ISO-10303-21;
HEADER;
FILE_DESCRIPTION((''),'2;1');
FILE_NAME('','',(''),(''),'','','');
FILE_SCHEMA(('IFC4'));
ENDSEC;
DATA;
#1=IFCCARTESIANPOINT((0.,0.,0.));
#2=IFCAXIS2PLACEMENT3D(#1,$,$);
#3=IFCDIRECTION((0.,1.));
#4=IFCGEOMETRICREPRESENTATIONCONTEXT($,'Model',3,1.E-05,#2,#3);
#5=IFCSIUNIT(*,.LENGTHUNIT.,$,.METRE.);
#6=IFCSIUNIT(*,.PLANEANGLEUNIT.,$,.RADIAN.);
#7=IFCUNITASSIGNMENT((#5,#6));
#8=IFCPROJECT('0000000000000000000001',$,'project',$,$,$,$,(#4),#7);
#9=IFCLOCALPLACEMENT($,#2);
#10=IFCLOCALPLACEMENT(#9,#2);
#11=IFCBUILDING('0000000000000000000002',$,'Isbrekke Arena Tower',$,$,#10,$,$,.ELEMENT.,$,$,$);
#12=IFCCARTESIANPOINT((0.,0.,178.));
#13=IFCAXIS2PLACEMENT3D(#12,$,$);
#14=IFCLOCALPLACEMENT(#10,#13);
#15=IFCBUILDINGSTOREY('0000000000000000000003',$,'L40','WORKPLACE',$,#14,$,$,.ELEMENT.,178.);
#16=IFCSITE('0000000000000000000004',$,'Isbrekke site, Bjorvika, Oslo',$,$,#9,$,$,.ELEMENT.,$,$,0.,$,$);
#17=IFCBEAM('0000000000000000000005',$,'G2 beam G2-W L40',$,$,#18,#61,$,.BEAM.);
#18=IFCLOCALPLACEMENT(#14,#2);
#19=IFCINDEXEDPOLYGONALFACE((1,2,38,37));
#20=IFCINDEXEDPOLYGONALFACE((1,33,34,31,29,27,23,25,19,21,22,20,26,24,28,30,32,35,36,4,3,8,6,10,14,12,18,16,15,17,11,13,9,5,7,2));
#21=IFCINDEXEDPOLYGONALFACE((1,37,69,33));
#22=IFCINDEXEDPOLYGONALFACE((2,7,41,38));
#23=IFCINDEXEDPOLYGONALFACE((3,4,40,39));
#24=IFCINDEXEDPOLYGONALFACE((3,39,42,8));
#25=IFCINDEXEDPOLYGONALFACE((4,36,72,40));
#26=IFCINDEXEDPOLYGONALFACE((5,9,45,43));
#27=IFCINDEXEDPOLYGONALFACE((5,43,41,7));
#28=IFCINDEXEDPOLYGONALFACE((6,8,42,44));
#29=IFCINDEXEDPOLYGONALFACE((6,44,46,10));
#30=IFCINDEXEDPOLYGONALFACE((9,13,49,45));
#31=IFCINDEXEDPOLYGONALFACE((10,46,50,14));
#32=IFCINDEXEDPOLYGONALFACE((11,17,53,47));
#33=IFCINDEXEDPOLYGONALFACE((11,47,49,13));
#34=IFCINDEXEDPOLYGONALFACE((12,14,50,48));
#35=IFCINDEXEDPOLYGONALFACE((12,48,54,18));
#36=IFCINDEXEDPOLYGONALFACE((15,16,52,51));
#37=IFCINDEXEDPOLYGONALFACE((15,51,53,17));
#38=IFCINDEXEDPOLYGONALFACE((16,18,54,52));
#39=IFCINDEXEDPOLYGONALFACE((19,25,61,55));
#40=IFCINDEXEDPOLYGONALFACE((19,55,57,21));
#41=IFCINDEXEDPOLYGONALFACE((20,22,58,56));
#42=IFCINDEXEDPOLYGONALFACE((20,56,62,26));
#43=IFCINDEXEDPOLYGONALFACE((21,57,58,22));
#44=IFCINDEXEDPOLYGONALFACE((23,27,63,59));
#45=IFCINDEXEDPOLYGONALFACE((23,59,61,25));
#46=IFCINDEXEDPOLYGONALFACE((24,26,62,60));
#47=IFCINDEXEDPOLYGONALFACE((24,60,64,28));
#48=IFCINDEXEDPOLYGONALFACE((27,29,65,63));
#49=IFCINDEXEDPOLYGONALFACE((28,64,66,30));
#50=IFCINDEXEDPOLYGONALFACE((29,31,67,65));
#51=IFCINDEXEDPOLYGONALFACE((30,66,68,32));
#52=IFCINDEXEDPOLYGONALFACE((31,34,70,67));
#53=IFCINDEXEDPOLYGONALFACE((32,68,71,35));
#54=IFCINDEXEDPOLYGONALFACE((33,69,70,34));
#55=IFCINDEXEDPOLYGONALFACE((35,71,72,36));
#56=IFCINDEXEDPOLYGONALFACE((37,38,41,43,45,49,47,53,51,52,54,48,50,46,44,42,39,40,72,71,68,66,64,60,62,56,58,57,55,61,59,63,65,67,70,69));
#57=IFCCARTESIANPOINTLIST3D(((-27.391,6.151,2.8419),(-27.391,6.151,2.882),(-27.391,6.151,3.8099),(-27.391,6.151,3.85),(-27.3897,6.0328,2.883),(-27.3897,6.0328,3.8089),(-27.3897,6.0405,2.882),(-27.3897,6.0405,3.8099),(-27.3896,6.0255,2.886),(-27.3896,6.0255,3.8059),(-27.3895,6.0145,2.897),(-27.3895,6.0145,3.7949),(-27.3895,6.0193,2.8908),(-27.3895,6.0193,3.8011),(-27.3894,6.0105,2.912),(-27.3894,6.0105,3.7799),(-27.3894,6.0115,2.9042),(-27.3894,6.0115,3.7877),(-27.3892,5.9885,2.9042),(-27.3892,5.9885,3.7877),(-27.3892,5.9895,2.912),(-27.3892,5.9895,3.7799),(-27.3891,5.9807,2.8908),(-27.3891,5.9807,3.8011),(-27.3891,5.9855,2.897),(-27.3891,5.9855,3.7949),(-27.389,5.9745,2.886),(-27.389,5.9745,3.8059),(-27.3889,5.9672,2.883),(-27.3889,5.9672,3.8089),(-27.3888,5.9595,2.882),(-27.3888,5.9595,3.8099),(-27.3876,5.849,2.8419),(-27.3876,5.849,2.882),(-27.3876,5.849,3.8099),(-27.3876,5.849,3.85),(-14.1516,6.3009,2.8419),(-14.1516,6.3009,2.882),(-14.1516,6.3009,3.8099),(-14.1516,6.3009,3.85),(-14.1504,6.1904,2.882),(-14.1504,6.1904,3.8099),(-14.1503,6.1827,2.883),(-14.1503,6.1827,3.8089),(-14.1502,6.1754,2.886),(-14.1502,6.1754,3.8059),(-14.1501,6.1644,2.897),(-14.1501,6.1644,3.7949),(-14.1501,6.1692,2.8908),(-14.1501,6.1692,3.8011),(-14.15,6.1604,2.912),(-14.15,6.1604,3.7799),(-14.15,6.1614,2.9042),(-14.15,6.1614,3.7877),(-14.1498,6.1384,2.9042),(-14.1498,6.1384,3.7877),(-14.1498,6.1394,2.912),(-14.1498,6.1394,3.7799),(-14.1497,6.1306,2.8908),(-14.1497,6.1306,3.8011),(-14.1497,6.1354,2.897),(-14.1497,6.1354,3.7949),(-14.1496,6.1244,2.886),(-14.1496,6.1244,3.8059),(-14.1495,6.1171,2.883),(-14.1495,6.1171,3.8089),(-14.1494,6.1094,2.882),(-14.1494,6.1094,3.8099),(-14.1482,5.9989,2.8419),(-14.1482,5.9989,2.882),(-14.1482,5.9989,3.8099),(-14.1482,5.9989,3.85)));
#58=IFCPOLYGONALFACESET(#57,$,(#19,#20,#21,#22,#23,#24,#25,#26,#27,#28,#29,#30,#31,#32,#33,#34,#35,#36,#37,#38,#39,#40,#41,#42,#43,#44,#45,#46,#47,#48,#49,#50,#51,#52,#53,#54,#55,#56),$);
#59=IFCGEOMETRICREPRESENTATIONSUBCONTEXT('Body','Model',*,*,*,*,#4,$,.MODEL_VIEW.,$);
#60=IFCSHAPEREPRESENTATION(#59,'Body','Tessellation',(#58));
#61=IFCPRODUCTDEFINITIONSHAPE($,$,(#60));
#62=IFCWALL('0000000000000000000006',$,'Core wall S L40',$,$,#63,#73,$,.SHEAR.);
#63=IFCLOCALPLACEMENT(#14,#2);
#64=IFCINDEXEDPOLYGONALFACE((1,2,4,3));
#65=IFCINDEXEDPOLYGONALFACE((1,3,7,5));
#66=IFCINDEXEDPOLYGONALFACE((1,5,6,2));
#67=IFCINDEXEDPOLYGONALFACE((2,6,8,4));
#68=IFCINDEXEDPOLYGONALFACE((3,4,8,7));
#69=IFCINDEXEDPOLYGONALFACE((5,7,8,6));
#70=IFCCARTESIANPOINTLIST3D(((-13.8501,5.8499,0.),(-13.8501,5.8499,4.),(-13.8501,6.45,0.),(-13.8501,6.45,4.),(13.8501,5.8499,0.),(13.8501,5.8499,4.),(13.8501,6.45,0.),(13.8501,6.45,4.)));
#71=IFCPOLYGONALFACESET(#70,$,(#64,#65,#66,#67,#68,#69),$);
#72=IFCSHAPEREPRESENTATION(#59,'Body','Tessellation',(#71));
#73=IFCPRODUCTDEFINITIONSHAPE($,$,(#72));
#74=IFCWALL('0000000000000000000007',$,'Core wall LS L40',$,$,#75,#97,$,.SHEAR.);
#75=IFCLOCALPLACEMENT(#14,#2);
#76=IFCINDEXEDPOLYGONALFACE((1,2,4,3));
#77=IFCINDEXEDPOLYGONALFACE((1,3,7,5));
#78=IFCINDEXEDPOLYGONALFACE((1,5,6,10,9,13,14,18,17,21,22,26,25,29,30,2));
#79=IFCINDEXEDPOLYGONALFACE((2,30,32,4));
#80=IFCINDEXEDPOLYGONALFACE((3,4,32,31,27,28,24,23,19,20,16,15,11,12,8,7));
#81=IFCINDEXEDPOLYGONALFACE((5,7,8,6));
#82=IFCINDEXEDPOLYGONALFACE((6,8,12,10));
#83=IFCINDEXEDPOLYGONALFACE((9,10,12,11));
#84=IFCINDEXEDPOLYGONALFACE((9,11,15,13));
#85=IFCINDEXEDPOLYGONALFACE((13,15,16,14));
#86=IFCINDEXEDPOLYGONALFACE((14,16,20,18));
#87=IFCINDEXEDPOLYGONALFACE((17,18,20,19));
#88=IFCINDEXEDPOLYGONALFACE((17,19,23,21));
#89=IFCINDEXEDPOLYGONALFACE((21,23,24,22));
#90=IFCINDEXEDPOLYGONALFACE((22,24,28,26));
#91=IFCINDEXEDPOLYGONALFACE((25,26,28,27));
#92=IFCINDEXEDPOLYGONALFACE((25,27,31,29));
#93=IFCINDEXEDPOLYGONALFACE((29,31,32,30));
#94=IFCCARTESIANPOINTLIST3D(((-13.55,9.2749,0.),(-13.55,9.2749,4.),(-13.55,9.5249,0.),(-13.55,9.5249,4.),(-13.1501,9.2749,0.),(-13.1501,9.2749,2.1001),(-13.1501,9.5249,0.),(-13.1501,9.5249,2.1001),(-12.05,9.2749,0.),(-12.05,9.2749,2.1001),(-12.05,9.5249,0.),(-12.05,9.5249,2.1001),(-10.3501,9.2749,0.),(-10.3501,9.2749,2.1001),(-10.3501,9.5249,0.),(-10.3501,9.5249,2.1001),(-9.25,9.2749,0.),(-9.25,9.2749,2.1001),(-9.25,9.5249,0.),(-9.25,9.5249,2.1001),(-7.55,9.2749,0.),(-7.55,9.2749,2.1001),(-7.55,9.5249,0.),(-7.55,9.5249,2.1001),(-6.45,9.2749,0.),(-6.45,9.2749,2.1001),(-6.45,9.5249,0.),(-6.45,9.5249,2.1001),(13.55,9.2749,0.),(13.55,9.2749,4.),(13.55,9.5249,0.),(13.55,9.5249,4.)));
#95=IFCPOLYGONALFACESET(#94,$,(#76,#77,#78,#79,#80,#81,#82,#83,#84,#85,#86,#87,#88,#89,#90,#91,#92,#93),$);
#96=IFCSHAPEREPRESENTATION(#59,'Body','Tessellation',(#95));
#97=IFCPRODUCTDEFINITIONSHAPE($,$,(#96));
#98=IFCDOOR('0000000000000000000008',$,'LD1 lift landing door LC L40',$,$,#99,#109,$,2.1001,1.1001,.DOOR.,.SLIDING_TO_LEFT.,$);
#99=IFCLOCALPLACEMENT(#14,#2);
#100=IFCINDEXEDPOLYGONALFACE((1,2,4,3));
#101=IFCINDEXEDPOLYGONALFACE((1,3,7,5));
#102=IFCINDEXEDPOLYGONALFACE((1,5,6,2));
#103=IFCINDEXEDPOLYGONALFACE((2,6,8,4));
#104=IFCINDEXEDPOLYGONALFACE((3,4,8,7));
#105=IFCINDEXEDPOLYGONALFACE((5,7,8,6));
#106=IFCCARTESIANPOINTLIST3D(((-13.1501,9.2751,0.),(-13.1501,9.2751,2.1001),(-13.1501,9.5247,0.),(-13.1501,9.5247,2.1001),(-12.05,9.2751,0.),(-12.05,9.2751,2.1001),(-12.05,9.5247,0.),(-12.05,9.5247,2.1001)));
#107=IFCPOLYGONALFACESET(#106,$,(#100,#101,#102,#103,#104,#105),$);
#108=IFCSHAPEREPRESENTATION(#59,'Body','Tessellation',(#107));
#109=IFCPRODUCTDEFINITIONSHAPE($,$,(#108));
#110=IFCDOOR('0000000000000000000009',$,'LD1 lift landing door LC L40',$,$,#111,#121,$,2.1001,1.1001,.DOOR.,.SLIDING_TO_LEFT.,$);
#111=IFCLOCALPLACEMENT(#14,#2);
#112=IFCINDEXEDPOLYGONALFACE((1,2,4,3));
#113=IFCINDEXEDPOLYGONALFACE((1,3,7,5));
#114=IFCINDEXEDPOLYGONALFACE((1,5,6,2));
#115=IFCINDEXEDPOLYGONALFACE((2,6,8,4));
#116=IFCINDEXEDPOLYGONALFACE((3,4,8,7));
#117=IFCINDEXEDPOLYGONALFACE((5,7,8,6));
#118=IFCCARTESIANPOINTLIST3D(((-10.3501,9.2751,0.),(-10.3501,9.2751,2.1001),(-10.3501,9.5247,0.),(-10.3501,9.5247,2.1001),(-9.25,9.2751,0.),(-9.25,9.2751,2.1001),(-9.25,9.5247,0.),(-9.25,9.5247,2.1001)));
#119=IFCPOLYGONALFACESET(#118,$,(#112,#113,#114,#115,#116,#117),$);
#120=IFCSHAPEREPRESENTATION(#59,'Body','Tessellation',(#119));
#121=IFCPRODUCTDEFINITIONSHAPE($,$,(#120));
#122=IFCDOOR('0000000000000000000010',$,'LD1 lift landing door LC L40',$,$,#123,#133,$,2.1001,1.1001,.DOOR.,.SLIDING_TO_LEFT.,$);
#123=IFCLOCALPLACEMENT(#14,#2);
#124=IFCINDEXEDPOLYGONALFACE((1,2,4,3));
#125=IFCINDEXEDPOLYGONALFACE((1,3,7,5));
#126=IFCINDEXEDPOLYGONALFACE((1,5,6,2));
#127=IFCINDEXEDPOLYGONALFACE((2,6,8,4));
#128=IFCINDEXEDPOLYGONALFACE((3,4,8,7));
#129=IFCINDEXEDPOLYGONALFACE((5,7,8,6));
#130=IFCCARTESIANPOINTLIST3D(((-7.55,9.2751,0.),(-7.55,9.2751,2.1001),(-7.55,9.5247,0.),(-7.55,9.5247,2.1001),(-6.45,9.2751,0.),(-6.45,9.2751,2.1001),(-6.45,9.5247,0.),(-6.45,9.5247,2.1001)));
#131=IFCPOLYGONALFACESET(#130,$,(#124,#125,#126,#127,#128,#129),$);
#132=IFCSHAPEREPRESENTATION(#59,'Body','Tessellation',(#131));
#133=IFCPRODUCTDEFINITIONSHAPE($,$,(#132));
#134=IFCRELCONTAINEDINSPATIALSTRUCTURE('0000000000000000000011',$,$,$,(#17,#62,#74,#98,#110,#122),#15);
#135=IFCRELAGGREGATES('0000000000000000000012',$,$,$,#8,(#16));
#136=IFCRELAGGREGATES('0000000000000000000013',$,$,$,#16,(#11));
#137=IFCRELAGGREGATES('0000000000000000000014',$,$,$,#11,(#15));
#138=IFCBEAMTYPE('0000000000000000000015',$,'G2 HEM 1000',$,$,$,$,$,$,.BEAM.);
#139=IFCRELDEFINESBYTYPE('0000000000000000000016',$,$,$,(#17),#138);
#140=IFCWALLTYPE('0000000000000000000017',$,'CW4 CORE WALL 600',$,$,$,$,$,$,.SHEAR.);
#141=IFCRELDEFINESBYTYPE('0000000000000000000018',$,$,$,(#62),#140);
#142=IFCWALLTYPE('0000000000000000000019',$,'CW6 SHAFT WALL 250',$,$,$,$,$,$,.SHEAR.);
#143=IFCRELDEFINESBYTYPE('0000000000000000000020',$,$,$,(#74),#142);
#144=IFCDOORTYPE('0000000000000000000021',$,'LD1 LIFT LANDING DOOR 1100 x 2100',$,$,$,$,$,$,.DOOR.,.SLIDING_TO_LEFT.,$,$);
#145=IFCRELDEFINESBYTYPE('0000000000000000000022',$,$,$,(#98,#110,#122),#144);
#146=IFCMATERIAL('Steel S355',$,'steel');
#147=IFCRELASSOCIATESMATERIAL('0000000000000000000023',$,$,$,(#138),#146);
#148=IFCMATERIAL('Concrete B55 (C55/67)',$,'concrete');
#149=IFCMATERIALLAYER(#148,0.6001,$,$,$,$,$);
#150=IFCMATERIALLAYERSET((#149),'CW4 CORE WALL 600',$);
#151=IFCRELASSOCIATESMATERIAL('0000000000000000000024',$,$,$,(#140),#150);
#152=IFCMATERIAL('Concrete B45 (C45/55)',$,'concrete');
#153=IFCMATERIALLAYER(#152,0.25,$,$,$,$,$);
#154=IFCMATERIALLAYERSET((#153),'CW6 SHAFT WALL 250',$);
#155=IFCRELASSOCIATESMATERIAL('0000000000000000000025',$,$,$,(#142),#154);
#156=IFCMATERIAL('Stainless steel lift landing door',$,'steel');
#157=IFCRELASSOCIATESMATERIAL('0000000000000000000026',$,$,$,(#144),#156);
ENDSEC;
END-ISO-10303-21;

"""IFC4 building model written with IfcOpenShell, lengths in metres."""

from ifc_helpers import new_model, si_unit, direction, frame, frame_2d, origin, origin_2d, place, context, subcontext, project, spatial, rectangle, i_section, extrude, material, layer, layer_set, material_profile, profile_set, type_object, element, fill, save


model = new_model("IFC4")

# Units and contexts
model_context = context("Model", 3, precision=1e-05, world=origin(), true_north=direction((0.0, 1.0)))
body_context = subcontext(model_context, "Body", "Model", "MODEL_VIEW")
ifc_project = project(units=[si_unit("LENGTHUNIT", "METRE"), si_unit("PLANEANGLEUNIT", "RADIAN")], contexts=[model_context])

# Site, building, storey
site_placement = place(None, origin())
site = spatial("IfcSite", under=ifc_project, at=site_placement, Name="Isbrekke site, Bjorvika, Oslo", CompositionType="ELEMENT", RefElevation=0.0)
building_placement = place(site_placement, origin())
building = spatial("IfcBuilding", under=site, at=building_placement, Name="Isbrekke Arena Tower", CompositionType="ELEMENT")
storey_placement = place(building_placement, frame((0.0, 0.0, 178.0)))
storey = spatial("IfcBuildingStorey", under=building, at=storey_placement, Name="L40", Description="WORKPLACE", CompositionType="ELEMENT", Elevation=178.0)

# Beam
ifc_material_1 = material(Name="Steel S355", Category="steel")
ifc_material_profile = material_profile(ifc_material_1, i_section(OverallWidth=0.302, OverallDepth=1.0081, WebThickness=0.021, FlangeThickness=0.04, FilletRadius=0.03, at=origin_2d()), Name="HEM 1000")
ifc_profile_set = profile_set([ifc_material_profile], Name="Steel S355")
beam_type = type_object("IfcBeamType", Name="G2 HEM 1000", PredefinedType="BEAM", material=ifc_profile_set)
beam_placement = place(storey_placement, frame((-14.1499, 6.1499, 3.3459), z_axis=(-0.999936, -0.011322, 0.0), x_axis=(0.011322, -0.999936, 0.0)))
element("IfcBeam", 1, at=beam_placement, inside=storey, type_object=beam_type, Name="G2 beam G2-W L40", PredefinedType="BEAM", context=body_context, shape_type="SweptSolid", body=[
    extrude(i_section(OverallWidth=0.302, OverallDepth=1.0081, WebThickness=0.021, FlangeThickness=0.04, FilletRadius=0.03, at=origin_2d()), origin(), (0.0, 0.0, 1.0), 13.2402),
])

# Wall
ifc_material_2 = material(Name="Concrete B55 (C55/67)", Category="concrete")
ifc_layer_1 = layer(ifc_material_2, 0.6001)
ifc_layer_set_1 = layer_set([ifc_layer_1], Name="CW4 CORE WALL 600")
wall_type_1 = type_object("IfcWallType", Name="CW4 CORE WALL 600", PredefinedType="SHEAR", material=ifc_layer_set_1)
wall_1_placement = place(storey_placement, frame((-13.8501, 6.1499, 0.0), z_axis=(0.0, 0.0, 1.0), x_axis=(1.0, 0.0, 0.0)))
element("IfcWall", 2, at=wall_1_placement, inside=storey, type_object=wall_type_1, Name="Core wall S L40", PredefinedType="SHEAR", context=body_context, shape_type="SweptSolid", body=[
    extrude(rectangle(XDim=27.7002, YDim=0.6001, at=frame_2d((13.8501, 0.0))), origin(), (0.0, 0.0, 1.0), 4.0),
])

# Wall, openings, doors
ifc_material_3 = material(Name="Concrete B45 (C45/55)", Category="concrete")
ifc_layer_2 = layer(ifc_material_3, 0.25)
ifc_layer_set_2 = layer_set([ifc_layer_2], Name="CW6 SHAFT WALL 250")
wall_type_2 = type_object("IfcWallType", Name="CW6 SHAFT WALL 250", PredefinedType="SHEAR", material=ifc_layer_set_2)
wall_2_placement = place(storey_placement, frame((-13.55, 9.3999, 0.0), z_axis=(0.0, 0.0, 1.0), x_axis=(1.0, 0.0, 0.0)))
wall_2 = element("IfcWall", 3, at=wall_2_placement, inside=storey, type_object=wall_type_2, Name="Core wall LS L40", PredefinedType="SHEAR", context=body_context, shape_type="SweptSolid", body=[
    extrude(rectangle(XDim=27.1001, YDim=0.25, at=frame_2d((13.55, 0.0))), origin(), (0.0, 0.0, 1.0), 4.0),
])
opening_1_placement = place(wall_2_placement, frame((0.3999, 0.0, 0.0)))
opening_1 = element("IfcOpeningElement", 4, at=opening_1_placement, cuts=wall_2, PredefinedType="OPENING", context=body_context, shape_type="SweptSolid", body=[
    extrude(rectangle(XDim=1.1001, YDim=2.1001, at=frame_2d((0.55, 1.05))), frame((0.0, 0.1399, 0.0), z_axis=(0.0, -1.0, 0.0), x_axis=(1.0, 0.0, 0.0)), (0.0, 0.0, 1.0), 0.2798),
])
opening_2_placement = place(wall_2_placement, frame((3.2, 0.0, 0.0)))
opening_2 = element("IfcOpeningElement", 5, at=opening_2_placement, cuts=wall_2, PredefinedType="OPENING", context=body_context, shape_type="SweptSolid", body=[
    extrude(rectangle(XDim=1.1001, YDim=2.1001, at=frame_2d((0.55, 1.05))), frame((0.0, 0.1399, 0.0), z_axis=(0.0, -1.0, 0.0), x_axis=(1.0, 0.0, 0.0)), (0.0, 0.0, 1.0), 0.2798),
])
opening_3_placement = place(wall_2_placement, frame((6.0, 0.0, 0.0)))
opening_3 = element("IfcOpeningElement", 6, at=opening_3_placement, cuts=wall_2, PredefinedType="OPENING", context=body_context, shape_type="SweptSolid", body=[
    extrude(rectangle(XDim=1.1001, YDim=2.1001, at=frame_2d((0.55, 1.05))), frame((0.0, 0.1399, 0.0), z_axis=(0.0, -1.0, 0.0), x_axis=(1.0, 0.0, 0.0)), (0.0, 0.0, 1.0), 0.2798),
])
ifc_material_4 = material(Name="Stainless steel lift landing door", Category="steel")
door_type_1 = type_object("IfcDoorType", Name="LD1 LIFT LANDING DOOR 1100 x 2100", OperationType="SLIDING_TO_LEFT", PredefinedType="DOOR", material=ifc_material_4)
door_1_placement = place(opening_1_placement, origin())
door_1 = element("IfcDoor", 7, at=door_1_placement, inside=storey, type_object=door_type_1, Name="LD1 lift landing door LC L40", OperationType="SLIDING_TO_LEFT", OverallHeight=2.1001, OverallWidth=1.1001, PredefinedType="DOOR", context=body_context, shape_type="SweptSolid", body=[
    extrude(rectangle(XDim=1.1001, YDim=2.1001, at=frame_2d((0.55, 1.05))), frame((0.0, 0.1248, 0.0), z_axis=(0.0, -1.0, 0.0), x_axis=(1.0, 0.0, 0.0)), (0.0, 0.0, 1.0), 0.2495),
])
fill(opening_1, door_1)
door_2_placement = place(opening_2_placement, origin())
door_2 = element("IfcDoor", 8, at=door_2_placement, inside=storey, type_object=door_type_1, Name="LD1 lift landing door LC L40", OperationType="SLIDING_TO_LEFT", OverallHeight=2.1001, OverallWidth=1.1001, PredefinedType="DOOR", context=body_context, shape_type="SweptSolid", body=[
    extrude(rectangle(XDim=1.1001, YDim=2.1001, at=frame_2d((0.55, 1.05))), frame((0.0, 0.1248, 0.0), z_axis=(0.0, -1.0, 0.0), x_axis=(1.0, 0.0, 0.0)), (0.0, 0.0, 1.0), 0.2495),
])
fill(opening_2, door_2)
door_3_placement = place(opening_3_placement, origin())
door_3 = element("IfcDoor", 9, at=door_3_placement, inside=storey, type_object=door_type_1, Name="LD1 lift landing door LC L40", OperationType="SLIDING_TO_LEFT", OverallHeight=2.1001, OverallWidth=1.1001, PredefinedType="DOOR", context=body_context, shape_type="SweptSolid", body=[
    extrude(rectangle(XDim=1.1001, YDim=2.1001, at=frame_2d((0.55, 1.05))), frame((0.0, 0.1248, 0.0), z_axis=(0.0, -1.0, 0.0), x_axis=(1.0, 0.0, 0.0)), (0.0, 0.0, 1.0), 0.2495),
])
fill(opening_3, door_3)

save(model, "model.ifc")
